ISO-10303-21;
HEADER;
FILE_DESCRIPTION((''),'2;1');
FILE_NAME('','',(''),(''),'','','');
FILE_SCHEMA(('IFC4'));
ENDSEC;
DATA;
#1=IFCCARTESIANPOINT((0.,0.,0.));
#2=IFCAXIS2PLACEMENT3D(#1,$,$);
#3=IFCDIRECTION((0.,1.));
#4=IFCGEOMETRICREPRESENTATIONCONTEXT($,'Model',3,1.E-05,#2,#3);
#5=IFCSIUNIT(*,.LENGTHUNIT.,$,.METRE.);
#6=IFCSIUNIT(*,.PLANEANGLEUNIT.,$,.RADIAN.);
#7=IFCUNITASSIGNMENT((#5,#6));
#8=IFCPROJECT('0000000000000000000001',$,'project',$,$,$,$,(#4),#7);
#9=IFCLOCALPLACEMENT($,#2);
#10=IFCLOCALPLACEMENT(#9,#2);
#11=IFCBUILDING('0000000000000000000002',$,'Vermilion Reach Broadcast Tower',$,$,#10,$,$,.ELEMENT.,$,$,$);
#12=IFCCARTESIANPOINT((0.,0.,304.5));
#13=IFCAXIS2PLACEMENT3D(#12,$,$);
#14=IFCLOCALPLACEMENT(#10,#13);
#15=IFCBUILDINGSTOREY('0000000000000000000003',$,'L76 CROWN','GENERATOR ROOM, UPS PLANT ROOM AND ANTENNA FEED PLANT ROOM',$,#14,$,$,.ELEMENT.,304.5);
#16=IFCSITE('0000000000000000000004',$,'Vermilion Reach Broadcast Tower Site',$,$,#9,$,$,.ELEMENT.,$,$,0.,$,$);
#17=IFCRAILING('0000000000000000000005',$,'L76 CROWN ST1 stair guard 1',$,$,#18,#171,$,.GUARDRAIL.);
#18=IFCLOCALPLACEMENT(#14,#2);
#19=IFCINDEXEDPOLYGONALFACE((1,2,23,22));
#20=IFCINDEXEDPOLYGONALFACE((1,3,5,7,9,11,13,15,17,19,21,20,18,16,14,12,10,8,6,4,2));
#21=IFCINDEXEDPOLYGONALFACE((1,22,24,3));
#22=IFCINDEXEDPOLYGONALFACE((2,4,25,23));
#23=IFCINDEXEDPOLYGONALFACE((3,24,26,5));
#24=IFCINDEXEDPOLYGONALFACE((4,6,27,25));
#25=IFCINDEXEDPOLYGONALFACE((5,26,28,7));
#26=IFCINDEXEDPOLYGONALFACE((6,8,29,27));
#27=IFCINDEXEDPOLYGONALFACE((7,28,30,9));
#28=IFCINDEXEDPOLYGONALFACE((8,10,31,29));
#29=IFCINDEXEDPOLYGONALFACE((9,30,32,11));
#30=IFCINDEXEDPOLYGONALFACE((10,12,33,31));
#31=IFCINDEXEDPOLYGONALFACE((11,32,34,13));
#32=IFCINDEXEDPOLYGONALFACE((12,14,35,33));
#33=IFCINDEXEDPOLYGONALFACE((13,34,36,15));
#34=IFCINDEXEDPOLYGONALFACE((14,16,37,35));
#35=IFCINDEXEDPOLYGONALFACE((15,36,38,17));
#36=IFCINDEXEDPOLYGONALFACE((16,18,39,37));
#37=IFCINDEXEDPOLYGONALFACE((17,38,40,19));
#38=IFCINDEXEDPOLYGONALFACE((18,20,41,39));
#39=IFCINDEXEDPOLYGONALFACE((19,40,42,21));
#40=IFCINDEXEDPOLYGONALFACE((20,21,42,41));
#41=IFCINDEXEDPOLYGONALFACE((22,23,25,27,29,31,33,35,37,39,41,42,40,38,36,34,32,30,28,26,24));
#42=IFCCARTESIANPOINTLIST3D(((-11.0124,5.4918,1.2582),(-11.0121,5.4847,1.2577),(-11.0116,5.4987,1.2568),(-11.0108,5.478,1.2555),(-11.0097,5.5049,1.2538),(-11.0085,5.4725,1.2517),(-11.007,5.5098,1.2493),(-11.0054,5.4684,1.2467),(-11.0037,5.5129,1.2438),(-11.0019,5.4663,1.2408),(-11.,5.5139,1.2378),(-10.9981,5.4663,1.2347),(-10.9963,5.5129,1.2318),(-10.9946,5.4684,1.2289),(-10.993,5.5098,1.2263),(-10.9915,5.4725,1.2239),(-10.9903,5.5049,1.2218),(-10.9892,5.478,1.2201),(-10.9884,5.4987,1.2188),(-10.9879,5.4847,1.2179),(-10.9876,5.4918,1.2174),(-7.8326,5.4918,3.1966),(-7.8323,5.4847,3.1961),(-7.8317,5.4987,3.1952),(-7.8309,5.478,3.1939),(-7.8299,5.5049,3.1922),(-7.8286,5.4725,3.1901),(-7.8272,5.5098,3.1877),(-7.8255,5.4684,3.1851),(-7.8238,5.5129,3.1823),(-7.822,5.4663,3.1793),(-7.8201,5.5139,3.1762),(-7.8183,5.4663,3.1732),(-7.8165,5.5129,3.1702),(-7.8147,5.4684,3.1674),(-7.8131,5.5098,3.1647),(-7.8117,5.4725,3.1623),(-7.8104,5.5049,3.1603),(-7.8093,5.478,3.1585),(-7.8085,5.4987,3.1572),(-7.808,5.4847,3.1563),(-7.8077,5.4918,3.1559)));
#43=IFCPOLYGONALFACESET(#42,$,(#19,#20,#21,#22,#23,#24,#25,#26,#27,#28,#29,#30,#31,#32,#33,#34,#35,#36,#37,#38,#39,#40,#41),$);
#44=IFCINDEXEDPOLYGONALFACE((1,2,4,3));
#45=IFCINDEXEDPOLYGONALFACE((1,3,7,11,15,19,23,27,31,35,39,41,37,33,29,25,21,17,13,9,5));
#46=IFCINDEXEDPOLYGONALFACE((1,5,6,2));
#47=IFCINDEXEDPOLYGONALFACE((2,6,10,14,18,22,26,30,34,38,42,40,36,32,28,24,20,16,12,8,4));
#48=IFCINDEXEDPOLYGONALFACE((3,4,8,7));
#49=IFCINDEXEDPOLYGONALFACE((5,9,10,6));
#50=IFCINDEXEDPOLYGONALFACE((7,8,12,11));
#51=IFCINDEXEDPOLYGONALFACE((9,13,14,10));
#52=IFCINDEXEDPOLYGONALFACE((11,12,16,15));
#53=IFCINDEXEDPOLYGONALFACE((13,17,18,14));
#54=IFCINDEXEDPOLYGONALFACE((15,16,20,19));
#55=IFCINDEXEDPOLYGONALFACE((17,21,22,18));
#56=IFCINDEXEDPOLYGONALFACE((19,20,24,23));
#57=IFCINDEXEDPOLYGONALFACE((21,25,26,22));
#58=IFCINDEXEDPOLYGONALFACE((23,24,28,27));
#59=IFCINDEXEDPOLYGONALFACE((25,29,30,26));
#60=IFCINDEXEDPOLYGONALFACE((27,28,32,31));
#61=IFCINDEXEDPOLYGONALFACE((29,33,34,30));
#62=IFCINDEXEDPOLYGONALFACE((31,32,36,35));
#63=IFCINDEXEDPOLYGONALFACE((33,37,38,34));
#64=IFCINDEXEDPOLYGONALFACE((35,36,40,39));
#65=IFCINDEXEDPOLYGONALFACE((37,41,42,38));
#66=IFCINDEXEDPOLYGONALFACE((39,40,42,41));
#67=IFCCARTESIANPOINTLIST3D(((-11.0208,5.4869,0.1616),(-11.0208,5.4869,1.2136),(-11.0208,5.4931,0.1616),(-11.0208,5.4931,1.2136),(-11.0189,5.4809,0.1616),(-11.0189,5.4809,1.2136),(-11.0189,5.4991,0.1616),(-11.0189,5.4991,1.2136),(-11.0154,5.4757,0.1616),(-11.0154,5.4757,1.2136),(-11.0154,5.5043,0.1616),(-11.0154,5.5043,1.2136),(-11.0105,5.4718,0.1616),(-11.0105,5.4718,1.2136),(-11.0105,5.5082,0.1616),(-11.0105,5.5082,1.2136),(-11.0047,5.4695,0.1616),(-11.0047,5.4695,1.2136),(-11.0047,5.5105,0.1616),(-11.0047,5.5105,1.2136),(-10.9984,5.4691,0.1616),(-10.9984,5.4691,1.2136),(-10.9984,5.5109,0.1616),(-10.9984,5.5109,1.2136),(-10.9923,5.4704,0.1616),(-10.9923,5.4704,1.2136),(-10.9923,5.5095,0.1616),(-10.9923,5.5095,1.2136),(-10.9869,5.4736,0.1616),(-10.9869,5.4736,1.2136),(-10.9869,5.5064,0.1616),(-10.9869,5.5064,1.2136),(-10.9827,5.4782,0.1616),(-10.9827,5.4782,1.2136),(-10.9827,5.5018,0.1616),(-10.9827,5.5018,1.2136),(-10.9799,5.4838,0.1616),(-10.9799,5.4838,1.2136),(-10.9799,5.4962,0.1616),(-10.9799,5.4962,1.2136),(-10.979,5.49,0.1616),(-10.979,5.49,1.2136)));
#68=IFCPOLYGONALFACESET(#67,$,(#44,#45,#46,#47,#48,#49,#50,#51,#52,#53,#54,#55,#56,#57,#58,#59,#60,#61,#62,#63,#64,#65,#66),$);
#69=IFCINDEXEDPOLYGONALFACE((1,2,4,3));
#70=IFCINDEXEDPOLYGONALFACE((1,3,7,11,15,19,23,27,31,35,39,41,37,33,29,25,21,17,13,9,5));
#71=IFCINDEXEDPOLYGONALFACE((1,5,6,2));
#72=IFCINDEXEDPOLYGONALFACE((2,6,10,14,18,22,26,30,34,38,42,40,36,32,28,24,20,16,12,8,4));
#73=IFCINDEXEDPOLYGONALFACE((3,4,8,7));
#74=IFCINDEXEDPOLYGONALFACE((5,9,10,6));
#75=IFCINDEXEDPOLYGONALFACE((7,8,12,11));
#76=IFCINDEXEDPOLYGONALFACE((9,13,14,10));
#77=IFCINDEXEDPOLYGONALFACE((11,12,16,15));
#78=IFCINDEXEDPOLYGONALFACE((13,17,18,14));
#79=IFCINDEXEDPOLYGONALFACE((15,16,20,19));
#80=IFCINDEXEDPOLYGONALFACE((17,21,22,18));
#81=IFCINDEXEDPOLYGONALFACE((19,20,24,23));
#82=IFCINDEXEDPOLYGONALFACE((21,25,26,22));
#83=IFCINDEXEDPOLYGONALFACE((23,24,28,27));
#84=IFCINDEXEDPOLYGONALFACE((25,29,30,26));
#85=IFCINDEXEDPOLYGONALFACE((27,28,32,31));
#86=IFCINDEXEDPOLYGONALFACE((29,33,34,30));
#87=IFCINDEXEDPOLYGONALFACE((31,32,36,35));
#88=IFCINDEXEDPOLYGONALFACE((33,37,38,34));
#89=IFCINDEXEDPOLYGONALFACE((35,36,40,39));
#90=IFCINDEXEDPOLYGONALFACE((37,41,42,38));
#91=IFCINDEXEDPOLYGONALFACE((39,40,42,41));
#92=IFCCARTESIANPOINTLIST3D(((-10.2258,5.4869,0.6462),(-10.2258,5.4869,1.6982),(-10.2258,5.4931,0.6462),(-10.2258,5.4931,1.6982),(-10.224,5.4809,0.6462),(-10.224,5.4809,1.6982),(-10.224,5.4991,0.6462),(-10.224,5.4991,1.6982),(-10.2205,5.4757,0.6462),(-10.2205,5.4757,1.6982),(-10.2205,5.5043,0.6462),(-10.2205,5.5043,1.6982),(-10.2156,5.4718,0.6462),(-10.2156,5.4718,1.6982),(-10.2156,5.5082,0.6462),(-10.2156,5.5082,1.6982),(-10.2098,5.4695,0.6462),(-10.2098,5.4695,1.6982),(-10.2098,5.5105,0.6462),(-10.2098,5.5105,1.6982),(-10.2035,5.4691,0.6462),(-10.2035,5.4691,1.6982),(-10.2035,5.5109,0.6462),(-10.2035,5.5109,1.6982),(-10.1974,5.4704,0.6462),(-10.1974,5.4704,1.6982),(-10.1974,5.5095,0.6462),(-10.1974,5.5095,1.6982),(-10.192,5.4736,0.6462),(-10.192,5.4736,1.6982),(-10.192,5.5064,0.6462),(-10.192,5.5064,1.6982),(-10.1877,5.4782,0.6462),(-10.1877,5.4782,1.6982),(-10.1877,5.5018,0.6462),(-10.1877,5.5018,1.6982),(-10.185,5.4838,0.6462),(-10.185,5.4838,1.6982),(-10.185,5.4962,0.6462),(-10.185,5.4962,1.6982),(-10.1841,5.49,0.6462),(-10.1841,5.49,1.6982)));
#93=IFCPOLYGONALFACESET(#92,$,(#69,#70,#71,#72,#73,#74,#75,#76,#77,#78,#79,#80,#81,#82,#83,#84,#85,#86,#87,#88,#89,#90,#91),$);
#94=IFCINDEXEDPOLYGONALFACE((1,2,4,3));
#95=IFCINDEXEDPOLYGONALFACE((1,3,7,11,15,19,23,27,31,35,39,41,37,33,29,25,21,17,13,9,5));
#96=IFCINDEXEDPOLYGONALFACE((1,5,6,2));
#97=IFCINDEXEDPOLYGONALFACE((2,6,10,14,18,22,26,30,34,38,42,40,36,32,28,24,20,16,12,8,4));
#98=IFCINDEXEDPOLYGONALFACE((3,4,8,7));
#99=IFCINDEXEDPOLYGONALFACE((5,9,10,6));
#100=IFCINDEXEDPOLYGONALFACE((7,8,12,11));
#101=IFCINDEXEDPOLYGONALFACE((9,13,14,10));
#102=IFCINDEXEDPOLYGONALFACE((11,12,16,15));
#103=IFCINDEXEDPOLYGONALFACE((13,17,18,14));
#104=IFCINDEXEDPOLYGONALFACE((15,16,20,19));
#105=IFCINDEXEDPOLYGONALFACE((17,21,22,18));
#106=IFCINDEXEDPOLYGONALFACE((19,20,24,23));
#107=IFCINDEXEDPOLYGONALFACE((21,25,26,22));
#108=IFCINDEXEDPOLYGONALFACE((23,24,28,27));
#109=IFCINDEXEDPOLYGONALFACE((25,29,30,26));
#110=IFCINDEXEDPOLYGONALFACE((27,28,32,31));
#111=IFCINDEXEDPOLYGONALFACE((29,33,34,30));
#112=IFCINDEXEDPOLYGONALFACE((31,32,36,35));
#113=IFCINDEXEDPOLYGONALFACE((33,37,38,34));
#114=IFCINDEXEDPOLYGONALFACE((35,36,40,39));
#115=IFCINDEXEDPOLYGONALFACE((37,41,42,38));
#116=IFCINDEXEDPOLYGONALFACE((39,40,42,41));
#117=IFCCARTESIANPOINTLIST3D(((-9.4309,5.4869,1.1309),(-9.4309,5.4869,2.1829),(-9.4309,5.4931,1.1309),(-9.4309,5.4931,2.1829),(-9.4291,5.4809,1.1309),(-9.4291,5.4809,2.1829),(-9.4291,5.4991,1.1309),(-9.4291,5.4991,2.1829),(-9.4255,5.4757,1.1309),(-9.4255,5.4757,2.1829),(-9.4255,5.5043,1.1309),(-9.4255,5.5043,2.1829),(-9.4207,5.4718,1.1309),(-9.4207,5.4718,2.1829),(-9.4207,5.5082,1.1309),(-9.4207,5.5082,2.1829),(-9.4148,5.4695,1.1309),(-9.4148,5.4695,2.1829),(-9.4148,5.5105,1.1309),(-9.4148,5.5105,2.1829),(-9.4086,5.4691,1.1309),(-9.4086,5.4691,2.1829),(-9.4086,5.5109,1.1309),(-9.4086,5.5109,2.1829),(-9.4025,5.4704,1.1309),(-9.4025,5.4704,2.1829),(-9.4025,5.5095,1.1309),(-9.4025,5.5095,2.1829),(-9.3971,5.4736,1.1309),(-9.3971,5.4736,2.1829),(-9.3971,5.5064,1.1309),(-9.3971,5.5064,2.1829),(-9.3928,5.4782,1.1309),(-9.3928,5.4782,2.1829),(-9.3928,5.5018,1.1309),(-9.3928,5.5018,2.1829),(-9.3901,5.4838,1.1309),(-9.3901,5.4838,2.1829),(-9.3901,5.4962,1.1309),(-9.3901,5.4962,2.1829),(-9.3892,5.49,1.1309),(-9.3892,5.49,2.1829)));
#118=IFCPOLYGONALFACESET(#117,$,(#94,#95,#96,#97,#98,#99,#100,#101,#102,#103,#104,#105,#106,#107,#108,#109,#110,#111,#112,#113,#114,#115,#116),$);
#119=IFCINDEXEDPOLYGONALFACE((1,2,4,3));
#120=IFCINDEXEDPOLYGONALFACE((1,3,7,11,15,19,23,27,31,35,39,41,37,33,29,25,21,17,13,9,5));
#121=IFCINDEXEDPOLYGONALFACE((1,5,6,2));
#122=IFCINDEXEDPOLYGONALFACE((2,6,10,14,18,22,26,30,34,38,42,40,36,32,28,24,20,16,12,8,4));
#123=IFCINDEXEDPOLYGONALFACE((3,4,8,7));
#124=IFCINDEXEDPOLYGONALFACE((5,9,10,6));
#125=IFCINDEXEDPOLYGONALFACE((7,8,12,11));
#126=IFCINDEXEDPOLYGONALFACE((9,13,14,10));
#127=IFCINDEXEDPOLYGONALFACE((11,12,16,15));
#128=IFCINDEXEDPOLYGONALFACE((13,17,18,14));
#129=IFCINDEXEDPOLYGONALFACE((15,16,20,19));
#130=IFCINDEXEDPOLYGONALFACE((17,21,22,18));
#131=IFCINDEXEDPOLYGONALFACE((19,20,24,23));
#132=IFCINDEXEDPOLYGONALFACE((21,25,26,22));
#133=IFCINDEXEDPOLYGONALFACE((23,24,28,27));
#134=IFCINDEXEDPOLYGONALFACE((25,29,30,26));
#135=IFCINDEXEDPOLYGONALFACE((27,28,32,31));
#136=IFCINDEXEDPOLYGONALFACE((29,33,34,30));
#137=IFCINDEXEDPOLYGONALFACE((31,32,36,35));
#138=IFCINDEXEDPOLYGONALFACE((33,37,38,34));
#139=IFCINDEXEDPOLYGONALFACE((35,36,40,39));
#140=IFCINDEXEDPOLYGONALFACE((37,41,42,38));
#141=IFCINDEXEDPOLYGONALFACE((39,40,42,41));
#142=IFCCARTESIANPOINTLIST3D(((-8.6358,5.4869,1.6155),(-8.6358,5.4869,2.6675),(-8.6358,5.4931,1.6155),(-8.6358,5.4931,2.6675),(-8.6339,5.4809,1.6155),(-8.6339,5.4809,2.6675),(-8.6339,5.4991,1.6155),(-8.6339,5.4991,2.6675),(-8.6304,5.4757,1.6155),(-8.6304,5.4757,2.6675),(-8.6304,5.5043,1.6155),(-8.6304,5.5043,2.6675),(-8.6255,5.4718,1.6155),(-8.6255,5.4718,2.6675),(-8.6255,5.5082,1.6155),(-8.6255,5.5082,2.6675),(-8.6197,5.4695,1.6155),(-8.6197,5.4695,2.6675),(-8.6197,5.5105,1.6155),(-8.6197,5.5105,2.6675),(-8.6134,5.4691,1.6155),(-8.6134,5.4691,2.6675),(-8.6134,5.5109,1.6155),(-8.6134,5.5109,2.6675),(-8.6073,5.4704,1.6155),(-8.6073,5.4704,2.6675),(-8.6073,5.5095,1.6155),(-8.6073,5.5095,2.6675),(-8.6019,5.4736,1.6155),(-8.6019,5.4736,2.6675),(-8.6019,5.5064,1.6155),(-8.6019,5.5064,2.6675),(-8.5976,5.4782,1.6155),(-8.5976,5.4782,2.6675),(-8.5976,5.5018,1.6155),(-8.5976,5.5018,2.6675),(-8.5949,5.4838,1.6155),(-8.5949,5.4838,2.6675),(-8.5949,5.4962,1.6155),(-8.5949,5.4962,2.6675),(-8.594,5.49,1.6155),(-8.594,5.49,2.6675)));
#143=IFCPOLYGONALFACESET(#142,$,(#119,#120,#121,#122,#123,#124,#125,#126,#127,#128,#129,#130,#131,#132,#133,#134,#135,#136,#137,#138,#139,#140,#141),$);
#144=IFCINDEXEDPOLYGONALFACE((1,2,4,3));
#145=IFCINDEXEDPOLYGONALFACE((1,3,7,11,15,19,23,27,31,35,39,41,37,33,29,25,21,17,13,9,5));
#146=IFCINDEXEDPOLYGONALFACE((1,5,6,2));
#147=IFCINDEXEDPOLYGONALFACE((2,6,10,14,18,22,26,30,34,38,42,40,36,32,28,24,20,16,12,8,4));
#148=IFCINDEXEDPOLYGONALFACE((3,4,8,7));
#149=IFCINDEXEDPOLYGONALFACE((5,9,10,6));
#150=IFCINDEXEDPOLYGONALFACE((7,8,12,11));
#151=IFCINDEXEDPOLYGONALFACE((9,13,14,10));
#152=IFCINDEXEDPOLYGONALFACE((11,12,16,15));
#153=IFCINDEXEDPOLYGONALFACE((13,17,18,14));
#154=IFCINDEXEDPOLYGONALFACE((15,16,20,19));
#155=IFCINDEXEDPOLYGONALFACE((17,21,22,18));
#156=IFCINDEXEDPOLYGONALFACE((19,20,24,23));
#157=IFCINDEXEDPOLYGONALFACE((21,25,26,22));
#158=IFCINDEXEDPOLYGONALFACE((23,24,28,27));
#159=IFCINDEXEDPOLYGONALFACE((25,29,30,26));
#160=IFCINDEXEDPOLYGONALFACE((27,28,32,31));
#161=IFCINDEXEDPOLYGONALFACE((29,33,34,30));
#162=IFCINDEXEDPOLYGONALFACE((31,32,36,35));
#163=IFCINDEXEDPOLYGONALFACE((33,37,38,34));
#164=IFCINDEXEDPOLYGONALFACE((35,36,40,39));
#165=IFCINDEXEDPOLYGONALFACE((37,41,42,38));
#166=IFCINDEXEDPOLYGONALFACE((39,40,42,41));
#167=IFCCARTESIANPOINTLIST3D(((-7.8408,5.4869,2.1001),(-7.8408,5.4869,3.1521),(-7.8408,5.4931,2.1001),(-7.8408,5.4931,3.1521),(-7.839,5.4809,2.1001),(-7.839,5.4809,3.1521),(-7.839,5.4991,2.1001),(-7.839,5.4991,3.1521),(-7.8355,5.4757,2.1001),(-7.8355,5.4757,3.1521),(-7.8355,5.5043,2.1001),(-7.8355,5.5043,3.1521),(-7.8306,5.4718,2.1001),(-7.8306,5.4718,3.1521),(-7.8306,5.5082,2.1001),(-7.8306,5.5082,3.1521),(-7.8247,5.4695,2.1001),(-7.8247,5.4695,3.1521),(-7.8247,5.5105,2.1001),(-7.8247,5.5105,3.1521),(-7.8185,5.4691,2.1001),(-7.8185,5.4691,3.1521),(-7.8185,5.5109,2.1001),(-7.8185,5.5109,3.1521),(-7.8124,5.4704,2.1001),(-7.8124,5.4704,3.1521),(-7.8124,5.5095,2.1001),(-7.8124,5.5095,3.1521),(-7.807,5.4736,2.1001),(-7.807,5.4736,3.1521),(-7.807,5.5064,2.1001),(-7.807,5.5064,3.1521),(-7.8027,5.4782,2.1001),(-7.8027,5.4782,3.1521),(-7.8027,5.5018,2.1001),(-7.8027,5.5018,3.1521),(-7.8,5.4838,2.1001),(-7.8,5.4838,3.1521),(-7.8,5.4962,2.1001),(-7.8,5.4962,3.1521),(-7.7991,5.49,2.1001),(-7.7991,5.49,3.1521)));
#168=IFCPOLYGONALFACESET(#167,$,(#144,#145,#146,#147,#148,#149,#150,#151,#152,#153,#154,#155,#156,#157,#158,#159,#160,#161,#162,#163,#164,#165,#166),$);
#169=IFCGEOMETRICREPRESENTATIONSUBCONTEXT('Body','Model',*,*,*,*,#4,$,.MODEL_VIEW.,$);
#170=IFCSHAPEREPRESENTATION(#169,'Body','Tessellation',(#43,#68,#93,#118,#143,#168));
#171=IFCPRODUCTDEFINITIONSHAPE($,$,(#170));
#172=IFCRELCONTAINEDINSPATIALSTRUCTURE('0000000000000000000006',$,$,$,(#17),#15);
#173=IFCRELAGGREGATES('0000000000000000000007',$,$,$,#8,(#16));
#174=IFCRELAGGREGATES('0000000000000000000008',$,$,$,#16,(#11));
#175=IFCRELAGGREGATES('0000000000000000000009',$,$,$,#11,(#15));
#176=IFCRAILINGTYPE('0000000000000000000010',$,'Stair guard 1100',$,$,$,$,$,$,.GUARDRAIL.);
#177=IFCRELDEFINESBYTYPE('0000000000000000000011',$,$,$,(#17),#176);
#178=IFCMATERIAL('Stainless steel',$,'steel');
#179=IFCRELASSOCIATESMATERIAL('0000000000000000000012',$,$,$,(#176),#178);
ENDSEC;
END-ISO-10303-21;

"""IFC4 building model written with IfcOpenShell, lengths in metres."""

from ifc_helpers import new_model, si_unit, direction, frame, origin, origin_2d, place, context, subcontext, project, spatial, circle, extrude, material, type_object, element, save


model = new_model("IFC4")

# Units and contexts
model_context = context("Model", 3, precision=1e-05, world=origin(), true_north=direction((0.0, 1.0)))
body_context = subcontext(model_context, "Body", "Model", "MODEL_VIEW")
ifc_project = project(units=[si_unit("LENGTHUNIT", "METRE"), si_unit("PLANEANGLEUNIT", "RADIAN")], contexts=[model_context])

# Site, building, storey
site_placement = place(None, origin())
site = spatial("IfcSite", under=ifc_project, at=site_placement, Name="Vermilion Reach Broadcast Tower Site", CompositionType="ELEMENT", RefElevation=0.0)
building_placement = place(site_placement, origin())
building = spatial("IfcBuilding", under=site, at=building_placement, Name="Vermilion Reach Broadcast Tower", CompositionType="ELEMENT")
storey_placement = place(building_placement, frame((0.0, 0.0, 304.5)))
storey = spatial("IfcBuildingStorey", under=building, at=storey_placement, Name="L76 CROWN", Description="GENERATOR ROOM, UPS PLANT ROOM AND ANTENNA FEED PLANT ROOM", CompositionType="ELEMENT", Elevation=304.5)

# Railing
ifc_material_1 = material(Name="Stainless steel", Category="steel")
railing_type_1 = type_object("IfcRailingType", Name="Stair guard 1100", PredefinedType="GUARDRAIL", material=ifc_material_1)
railing_1_placement = place(storey_placement, frame((-11.0, 5.49, 0.1616)))
element("IfcRailing", 1, at=railing_1_placement, inside=storey, type_object=railing_type_1, Name="L76 CROWN ST1 stair guard 1", PredefinedType="GUARDRAIL", context=body_context, shape_type="SweptSolid", body=[
    extrude(circle(Radius=0.0239, at=origin_2d()), frame((0.0, 0.0, 1.0762), z_axis=(0.853857, 0.0, 0.520508), x_axis=(0.0, 1.0, 0.0)), (0.0, 0.0, 1.0), 3.7241),
    extrude(circle(Radius=0.021, at=origin_2d()), origin(), (0.0, 0.0, 1.0), 1.052),
    extrude(circle(Radius=0.021, at=origin_2d()), frame((0.7949, 0.0, 0.4846)), (0.0, 0.0, 1.0), 1.052),
    extrude(circle(Radius=0.021, at=origin_2d()), frame((1.5898, 0.0, 0.9692)), (0.0, 0.0, 1.0), 1.052),
    extrude(circle(Radius=0.021, at=origin_2d()), frame((2.385, 0.0, 1.4539)), (0.0, 0.0, 1.0), 1.052),
    extrude(circle(Radius=0.021, at=origin_2d()), frame((3.1799, 0.0, 1.9385)), (0.0, 0.0, 1.0), 1.052),
])

save(model, "model.ifc")
